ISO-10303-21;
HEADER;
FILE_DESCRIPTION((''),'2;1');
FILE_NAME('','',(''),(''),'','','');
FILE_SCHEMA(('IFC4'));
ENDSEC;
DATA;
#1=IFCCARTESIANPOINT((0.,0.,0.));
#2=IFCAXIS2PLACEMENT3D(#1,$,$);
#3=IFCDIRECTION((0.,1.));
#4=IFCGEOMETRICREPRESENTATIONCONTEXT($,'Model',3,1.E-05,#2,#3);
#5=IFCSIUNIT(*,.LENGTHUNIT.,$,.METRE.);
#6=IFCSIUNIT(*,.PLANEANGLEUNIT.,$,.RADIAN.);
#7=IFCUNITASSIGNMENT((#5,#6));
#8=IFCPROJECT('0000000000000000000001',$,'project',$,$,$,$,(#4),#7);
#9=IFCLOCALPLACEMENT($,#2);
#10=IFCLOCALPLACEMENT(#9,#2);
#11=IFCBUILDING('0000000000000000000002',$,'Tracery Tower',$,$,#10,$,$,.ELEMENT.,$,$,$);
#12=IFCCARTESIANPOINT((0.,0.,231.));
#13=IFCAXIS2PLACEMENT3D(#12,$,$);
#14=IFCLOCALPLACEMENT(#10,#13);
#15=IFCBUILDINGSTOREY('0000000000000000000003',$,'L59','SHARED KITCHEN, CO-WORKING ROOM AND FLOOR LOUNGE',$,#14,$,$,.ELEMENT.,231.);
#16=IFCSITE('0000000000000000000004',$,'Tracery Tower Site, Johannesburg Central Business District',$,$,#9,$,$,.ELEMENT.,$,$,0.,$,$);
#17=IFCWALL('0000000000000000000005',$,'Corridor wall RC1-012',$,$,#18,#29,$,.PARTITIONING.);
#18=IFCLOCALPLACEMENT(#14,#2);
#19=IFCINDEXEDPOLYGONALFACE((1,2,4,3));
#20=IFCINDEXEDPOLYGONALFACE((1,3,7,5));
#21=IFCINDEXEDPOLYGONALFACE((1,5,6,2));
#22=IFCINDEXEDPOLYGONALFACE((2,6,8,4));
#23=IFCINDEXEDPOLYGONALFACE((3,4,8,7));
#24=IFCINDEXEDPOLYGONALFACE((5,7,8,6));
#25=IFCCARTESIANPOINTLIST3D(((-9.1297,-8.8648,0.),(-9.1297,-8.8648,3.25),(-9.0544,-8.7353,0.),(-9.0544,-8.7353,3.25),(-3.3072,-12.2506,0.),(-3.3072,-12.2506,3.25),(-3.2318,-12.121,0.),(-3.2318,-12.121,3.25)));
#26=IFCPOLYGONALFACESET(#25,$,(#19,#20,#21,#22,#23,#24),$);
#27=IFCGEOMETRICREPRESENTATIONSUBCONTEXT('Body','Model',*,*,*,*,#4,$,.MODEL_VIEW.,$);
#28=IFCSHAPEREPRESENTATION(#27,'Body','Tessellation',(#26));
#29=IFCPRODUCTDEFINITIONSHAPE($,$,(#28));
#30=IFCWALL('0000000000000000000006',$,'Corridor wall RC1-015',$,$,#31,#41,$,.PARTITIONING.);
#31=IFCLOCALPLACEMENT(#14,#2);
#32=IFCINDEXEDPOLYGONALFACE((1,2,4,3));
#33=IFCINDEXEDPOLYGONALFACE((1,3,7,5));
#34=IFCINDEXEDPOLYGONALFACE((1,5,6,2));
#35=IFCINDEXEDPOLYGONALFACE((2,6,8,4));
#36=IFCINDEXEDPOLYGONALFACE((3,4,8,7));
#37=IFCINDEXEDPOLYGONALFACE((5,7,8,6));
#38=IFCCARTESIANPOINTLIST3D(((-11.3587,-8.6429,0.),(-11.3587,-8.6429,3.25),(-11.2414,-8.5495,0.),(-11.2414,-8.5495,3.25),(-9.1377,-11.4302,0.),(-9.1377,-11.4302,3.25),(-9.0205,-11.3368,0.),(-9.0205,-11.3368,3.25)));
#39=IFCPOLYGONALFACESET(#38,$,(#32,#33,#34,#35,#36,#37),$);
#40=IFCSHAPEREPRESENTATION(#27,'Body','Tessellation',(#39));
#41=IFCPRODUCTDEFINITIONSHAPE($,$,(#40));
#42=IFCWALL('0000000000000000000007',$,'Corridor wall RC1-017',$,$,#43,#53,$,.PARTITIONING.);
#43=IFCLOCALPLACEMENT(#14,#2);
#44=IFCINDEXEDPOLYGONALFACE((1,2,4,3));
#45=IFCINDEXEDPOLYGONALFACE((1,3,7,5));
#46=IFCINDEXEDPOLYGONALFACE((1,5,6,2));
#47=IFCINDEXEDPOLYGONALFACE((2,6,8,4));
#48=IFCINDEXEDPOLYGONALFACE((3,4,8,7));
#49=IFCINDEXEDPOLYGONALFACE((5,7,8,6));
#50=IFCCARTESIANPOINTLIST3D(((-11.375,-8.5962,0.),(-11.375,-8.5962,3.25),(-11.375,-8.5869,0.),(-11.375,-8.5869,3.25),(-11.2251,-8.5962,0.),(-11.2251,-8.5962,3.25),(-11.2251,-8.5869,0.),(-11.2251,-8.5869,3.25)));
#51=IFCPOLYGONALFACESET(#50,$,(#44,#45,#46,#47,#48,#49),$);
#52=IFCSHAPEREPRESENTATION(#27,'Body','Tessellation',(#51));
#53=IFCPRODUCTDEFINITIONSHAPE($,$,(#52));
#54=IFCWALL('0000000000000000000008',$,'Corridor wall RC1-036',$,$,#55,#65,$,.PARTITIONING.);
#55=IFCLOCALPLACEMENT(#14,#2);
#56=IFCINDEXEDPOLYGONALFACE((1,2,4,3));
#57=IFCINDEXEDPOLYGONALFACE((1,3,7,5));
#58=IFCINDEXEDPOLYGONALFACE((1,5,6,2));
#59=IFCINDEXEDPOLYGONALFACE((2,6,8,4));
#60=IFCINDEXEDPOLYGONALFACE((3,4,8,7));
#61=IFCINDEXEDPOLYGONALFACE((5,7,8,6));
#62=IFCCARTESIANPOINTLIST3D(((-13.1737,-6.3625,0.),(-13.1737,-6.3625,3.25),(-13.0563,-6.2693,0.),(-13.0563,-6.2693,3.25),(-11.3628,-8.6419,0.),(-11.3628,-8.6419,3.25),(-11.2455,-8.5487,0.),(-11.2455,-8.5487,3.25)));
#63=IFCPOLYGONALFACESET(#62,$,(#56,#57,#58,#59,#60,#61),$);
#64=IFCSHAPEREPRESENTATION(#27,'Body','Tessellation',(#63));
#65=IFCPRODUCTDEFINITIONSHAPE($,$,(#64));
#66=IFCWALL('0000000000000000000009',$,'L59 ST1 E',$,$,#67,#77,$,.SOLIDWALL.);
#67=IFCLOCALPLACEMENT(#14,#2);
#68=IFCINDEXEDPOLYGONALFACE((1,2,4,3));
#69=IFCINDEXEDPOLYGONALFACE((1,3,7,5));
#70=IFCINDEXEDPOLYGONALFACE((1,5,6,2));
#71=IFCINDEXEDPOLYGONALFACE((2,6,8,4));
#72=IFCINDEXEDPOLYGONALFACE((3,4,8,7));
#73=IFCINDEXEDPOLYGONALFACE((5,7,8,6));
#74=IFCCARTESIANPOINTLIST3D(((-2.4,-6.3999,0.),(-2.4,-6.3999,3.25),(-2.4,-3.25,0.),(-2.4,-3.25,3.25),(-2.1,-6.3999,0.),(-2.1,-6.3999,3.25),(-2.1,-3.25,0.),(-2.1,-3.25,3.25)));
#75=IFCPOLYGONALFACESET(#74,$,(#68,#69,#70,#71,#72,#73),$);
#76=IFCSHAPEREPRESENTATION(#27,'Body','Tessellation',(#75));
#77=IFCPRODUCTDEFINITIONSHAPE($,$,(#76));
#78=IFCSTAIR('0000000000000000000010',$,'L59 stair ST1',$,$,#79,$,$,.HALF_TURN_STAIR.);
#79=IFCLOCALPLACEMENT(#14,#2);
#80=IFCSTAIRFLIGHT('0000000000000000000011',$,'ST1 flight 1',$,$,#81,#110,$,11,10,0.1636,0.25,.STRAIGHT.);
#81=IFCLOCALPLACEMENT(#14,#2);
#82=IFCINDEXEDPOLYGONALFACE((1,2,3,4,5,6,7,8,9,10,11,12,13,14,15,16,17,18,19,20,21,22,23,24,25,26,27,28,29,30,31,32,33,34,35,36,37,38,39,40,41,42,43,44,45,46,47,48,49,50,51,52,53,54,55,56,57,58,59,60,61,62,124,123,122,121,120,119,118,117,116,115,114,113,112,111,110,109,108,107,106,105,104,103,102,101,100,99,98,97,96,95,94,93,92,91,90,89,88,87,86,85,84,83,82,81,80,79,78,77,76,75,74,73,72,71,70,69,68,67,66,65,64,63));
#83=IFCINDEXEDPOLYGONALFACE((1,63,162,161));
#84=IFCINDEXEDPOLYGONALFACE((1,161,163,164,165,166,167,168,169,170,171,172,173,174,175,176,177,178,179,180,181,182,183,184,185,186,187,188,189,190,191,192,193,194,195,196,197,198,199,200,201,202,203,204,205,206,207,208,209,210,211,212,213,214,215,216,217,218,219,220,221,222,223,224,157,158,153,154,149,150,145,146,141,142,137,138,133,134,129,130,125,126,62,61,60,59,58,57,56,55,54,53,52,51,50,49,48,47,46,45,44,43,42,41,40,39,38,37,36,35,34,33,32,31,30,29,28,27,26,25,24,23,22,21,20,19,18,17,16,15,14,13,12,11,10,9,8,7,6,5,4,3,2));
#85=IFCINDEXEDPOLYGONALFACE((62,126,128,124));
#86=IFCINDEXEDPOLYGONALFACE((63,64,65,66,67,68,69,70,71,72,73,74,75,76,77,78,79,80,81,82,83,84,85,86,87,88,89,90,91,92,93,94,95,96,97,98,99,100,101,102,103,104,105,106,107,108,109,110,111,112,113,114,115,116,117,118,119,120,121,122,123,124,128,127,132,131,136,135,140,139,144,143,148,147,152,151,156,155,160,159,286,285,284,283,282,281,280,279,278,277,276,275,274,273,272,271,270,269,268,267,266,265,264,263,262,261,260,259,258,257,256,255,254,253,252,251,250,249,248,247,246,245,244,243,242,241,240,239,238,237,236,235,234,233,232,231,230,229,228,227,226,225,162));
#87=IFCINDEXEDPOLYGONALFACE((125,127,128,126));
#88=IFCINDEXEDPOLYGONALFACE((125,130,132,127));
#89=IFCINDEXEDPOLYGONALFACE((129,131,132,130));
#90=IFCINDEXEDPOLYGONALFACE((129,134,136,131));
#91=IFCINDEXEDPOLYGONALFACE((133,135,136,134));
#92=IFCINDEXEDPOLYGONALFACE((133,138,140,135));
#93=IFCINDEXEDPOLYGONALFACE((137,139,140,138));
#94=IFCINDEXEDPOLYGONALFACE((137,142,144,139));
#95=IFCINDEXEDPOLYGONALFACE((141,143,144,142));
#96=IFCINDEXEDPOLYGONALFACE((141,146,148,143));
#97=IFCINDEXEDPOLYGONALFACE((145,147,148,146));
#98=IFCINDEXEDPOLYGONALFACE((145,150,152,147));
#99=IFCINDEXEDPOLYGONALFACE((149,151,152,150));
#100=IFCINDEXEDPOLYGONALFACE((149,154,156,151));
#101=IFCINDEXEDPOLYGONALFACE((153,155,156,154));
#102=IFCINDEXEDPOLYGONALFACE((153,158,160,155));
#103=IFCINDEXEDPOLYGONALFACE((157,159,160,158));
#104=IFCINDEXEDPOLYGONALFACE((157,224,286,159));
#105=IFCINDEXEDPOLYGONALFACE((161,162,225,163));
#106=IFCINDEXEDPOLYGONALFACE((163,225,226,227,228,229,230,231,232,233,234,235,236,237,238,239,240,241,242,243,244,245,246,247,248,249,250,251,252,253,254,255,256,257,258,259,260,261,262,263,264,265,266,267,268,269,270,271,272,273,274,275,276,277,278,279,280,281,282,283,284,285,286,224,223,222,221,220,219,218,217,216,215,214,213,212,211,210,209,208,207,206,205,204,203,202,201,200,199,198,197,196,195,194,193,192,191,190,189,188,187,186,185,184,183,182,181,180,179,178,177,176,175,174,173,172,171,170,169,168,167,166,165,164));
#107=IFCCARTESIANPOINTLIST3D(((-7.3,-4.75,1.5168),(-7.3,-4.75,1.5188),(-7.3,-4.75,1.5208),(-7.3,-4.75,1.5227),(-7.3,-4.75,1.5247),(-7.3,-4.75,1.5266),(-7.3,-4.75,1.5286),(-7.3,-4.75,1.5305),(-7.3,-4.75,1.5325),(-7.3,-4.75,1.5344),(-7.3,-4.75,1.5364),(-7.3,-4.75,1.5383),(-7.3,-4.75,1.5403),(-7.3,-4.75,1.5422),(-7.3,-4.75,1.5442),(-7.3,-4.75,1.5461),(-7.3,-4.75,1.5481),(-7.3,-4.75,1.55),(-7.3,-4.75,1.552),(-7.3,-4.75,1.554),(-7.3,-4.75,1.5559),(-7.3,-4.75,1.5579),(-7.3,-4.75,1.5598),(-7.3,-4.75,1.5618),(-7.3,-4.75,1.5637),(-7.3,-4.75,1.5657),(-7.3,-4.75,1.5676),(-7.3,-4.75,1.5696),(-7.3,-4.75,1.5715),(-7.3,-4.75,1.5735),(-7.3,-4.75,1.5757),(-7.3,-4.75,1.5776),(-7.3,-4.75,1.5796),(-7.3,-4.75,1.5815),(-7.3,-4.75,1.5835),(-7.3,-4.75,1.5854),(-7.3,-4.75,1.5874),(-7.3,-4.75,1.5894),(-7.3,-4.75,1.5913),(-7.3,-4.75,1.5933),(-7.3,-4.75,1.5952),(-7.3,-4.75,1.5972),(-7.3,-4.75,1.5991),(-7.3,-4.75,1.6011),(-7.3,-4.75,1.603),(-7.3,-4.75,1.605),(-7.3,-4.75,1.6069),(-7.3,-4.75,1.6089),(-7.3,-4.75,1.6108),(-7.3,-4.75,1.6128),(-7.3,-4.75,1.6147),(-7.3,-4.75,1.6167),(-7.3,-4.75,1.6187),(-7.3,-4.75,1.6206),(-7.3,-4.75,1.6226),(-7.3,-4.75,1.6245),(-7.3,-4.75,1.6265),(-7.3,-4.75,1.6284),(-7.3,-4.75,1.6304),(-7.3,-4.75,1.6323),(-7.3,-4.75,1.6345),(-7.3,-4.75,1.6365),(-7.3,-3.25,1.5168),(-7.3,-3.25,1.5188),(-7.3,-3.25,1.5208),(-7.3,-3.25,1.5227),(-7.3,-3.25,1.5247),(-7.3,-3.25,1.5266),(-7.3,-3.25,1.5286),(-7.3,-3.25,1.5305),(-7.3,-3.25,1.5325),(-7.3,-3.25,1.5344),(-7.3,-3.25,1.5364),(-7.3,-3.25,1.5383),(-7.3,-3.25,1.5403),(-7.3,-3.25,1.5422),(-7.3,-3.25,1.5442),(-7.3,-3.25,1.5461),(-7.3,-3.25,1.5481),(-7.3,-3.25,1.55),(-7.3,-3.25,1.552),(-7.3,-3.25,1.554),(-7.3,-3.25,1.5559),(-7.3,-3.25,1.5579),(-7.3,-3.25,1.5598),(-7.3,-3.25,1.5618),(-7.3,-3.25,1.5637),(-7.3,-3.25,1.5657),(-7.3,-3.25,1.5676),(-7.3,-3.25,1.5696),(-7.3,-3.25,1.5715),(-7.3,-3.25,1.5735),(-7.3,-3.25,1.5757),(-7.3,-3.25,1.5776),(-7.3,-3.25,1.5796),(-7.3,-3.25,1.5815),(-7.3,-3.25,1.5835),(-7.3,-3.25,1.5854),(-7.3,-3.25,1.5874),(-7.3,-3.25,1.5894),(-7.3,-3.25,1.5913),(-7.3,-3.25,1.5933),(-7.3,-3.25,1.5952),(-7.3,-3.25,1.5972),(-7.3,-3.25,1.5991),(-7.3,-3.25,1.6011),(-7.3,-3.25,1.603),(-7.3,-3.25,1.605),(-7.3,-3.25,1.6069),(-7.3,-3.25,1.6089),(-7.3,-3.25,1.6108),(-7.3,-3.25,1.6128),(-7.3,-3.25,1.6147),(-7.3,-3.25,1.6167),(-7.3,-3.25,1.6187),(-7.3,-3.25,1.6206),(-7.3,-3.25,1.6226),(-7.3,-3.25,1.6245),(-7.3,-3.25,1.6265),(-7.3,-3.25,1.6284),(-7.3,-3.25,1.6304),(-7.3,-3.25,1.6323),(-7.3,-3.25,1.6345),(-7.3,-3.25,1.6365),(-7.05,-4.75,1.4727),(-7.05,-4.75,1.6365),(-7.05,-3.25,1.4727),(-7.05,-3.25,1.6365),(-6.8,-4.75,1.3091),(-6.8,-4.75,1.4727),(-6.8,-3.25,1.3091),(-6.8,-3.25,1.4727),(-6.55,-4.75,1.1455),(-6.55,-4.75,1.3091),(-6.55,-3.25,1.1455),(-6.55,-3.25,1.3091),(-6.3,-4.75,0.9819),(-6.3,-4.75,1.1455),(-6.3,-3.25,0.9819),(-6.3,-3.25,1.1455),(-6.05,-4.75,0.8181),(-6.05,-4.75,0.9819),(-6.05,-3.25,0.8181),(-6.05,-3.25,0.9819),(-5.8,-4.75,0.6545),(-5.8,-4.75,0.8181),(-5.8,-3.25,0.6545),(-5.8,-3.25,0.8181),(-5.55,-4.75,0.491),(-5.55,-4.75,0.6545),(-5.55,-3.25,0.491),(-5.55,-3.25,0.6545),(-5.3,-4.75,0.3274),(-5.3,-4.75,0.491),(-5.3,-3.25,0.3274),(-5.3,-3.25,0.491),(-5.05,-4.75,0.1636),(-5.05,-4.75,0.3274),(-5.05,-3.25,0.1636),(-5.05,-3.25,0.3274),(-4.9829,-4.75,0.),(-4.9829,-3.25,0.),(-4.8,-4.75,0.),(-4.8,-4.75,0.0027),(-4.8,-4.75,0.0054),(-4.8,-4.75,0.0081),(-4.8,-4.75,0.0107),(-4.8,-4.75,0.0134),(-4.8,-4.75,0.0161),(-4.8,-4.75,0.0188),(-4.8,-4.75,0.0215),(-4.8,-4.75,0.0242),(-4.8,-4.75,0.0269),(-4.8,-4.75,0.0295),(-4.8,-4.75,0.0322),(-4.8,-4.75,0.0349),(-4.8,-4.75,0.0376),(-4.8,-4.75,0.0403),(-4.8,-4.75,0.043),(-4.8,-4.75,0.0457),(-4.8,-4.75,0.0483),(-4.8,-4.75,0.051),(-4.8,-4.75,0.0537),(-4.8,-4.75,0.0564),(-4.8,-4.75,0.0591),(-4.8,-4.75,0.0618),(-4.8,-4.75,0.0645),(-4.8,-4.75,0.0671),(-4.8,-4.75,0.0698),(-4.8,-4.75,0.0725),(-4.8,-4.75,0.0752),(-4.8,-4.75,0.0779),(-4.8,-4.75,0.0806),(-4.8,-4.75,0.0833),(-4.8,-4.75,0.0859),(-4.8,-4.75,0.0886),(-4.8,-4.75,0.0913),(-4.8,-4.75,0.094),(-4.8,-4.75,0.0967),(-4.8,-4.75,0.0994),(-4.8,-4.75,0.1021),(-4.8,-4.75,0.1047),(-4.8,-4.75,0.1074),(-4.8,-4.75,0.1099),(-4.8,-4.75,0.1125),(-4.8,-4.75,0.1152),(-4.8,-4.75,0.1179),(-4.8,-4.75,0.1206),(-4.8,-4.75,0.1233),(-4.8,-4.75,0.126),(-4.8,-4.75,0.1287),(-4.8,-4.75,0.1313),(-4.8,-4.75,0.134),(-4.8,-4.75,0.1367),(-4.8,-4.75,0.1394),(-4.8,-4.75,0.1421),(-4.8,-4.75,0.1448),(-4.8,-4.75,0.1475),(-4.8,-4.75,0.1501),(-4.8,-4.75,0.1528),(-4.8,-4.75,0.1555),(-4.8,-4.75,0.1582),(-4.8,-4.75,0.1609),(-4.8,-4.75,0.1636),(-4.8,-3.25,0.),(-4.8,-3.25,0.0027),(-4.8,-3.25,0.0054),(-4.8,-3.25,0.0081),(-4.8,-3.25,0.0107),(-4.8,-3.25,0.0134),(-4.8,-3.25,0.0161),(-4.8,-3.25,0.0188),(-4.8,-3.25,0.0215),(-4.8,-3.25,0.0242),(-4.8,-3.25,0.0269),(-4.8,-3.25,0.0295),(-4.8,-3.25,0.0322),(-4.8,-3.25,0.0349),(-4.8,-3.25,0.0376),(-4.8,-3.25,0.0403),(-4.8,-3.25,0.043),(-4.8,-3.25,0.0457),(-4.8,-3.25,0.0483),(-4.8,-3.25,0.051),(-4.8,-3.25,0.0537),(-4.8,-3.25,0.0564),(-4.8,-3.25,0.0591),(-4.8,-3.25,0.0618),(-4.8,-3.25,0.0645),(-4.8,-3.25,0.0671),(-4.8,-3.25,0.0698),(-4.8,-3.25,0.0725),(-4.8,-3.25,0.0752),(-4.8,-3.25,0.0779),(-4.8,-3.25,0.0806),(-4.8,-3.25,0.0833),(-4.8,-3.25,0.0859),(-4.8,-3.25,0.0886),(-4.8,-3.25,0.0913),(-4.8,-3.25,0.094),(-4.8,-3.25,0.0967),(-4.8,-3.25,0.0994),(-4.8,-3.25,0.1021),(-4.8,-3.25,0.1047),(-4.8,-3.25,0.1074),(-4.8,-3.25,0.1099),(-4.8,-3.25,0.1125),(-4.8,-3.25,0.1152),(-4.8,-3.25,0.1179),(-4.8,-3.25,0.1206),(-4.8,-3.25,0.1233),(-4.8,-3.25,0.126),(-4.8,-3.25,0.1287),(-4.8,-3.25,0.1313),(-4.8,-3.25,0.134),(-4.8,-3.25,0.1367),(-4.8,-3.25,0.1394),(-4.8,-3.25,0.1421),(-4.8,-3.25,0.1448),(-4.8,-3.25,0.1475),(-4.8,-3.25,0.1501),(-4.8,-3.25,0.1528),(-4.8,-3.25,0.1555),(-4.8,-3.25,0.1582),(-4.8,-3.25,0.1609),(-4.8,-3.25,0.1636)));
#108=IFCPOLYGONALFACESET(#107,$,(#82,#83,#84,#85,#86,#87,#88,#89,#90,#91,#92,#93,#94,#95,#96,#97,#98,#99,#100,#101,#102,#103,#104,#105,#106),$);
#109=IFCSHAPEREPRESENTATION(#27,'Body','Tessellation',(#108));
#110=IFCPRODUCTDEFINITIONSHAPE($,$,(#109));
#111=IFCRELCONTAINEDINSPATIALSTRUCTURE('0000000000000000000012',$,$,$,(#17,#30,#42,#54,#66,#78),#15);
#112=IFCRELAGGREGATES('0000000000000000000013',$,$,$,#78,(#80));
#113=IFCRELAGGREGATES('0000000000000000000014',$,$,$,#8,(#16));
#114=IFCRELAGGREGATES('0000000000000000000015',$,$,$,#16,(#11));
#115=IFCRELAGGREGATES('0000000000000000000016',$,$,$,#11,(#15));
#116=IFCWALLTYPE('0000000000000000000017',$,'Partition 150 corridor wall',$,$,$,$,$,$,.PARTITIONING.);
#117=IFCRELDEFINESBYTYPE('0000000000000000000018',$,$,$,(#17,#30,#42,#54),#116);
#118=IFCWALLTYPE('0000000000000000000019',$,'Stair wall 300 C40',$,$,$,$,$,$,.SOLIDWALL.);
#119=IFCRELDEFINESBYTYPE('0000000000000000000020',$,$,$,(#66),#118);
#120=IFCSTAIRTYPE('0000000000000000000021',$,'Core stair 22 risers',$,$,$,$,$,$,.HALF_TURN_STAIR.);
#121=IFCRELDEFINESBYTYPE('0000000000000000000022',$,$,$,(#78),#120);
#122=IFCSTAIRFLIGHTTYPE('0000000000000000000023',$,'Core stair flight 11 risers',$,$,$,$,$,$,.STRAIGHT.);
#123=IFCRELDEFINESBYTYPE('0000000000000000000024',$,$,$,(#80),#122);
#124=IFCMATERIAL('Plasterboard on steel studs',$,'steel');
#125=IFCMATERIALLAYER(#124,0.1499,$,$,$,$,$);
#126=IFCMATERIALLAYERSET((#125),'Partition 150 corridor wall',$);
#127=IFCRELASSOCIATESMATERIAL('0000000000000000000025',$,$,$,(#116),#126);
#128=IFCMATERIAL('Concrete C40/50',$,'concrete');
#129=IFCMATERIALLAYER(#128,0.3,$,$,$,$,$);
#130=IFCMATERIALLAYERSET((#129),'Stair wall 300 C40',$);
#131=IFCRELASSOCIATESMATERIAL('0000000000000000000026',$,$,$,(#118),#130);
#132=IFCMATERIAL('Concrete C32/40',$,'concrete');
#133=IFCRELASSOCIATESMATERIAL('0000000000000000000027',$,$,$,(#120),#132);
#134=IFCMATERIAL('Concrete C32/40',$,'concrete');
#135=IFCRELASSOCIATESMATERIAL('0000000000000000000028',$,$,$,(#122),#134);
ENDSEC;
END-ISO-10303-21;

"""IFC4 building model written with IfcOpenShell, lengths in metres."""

from ifc_helpers import new_model, si_unit, direction, frame, frame_2d, origin, place, context, subcontext, project, spatial, polyline, rectangle, outline, extrude, material, layer, layer_set, type_object, element, aggregate, save


model = new_model("IFC4")

# Units and contexts
model_context = context("Model", 3, precision=1e-05, world=origin(), true_north=direction((0.0, 1.0)))
body_context = subcontext(model_context, "Body", "Model", "MODEL_VIEW")
ifc_project = project(units=[si_unit("LENGTHUNIT", "METRE"), si_unit("PLANEANGLEUNIT", "RADIAN")], contexts=[model_context])

# Site, building, storey
site_placement = place(None, origin())
site = spatial("IfcSite", under=ifc_project, at=site_placement, Name="Tracery Tower Site, Johannesburg Central Business District", CompositionType="ELEMENT", RefElevation=0.0)
building_placement = place(site_placement, origin())
building = spatial("IfcBuilding", under=site, at=building_placement, Name="Tracery Tower", CompositionType="ELEMENT")
storey_placement = place(building_placement, frame((0.0, 0.0, 231.0)))
storey = spatial("IfcBuildingStorey", under=building, at=storey_placement, Name="L59", Description="SHARED KITCHEN, CO-WORKING ROOM AND FLOOR LOUNGE", CompositionType="ELEMENT", Elevation=231.0)

# Shared definitions
ifc_material_1 = material(Name="Plasterboard on steel studs", Category="steel")
ifc_layer_1 = layer(ifc_material_1, 0.1499)
ifc_layer_set_1 = layer_set([ifc_layer_1], Name="Partition 150 corridor wall")
wall_type_1 = type_object("IfcWallType", Name="Partition 150 corridor wall", PredefinedType="PARTITIONING", material=ifc_layer_set_1)

# Walls
wall_1_placement = place(storey_placement, frame((-9.092, -8.8, 0.0), z_axis=(0.0, 0.0, 1.0), x_axis=(0.864471, -0.502683, 0.0)))
element("IfcWall", 1, at=wall_1_placement, inside=storey, type_object=wall_type_1, Name="Corridor wall RC1-012", PredefinedType="PARTITIONING", context=body_context, shape_type="SweptSolid", body=[
    extrude(rectangle(XDim=6.7354, YDim=0.1499, at=frame_2d((3.3677, 0.0))), origin(), (0.0, 0.0, 1.0), 3.25),
])
wall_2_placement = place(storey_placement, frame((-11.3, -8.5962, 0.0), z_axis=(0.0, 0.0, 1.0), x_axis=(0.623165, -0.78209, 0.0)))
element("IfcWall", 2, at=wall_2_placement, inside=storey, type_object=wall_type_1, Name="Corridor wall RC1-015", PredefinedType="PARTITIONING", context=body_context, shape_type="SweptSolid", body=[
    extrude(rectangle(XDim=3.564, YDim=0.1499, at=frame_2d((1.782, 0.0))), origin(), (0.0, 0.0, 1.0), 3.25),
])
wall_3_placement = place(storey_placement, frame((-11.3, -8.5962, 0.0), z_axis=(0.0, 0.0, 1.0), x_axis=(0.0, 1.0, 0.0)))
element("IfcWall", 3, at=wall_3_placement, inside=storey, type_object=wall_type_1, Name="Corridor wall RC1-017", PredefinedType="PARTITIONING", context=body_context, shape_type="SweptSolid", body=[
    extrude(rectangle(XDim=0.0093, YDim=0.1499, at=frame_2d((0.0046, 0.0))), origin(), (0.0, 0.0, 1.0), 3.25),
])
wall_4_placement = place(storey_placement, frame((-13.115, -6.3159, 0.0), z_axis=(0.0, 0.0, 1.0), x_axis=(0.622042, -0.782983, 0.0)))
element("IfcWall", 4, at=wall_4_placement, inside=storey, type_object=wall_type_1, Name="Corridor wall RC1-036", PredefinedType="PARTITIONING", context=body_context, shape_type="SweptSolid", body=[
    extrude(rectangle(XDim=2.9111, YDim=0.1499, at=frame_2d((1.4556, 0.0))), origin(), (0.0, 0.0, 1.0), 3.25),
])

# Shared definitions
ifc_material_2 = material(Name="Concrete C40/50", Category="concrete")
ifc_layer_2 = layer(ifc_material_2, 0.3)
ifc_layer_set_2 = layer_set([ifc_layer_2], Name="Stair wall 300 C40")
wall_type_2 = type_object("IfcWallType", Name="Stair wall 300 C40", PredefinedType="SOLIDWALL", material=ifc_layer_set_2)

# Wall
wall_5_placement = place(storey_placement, frame((-2.25, -6.3999, 0.0), z_axis=(0.0, 0.0, 1.0), x_axis=(0.0, 1.0, 0.0)))
element("IfcWall", 5, at=wall_5_placement, inside=storey, type_object=wall_type_2, Name="L59 ST1 E", PredefinedType="SOLIDWALL", context=body_context, shape_type="SweptSolid", body=[
    extrude(rectangle(XDim=3.1499, YDim=0.3, at=frame_2d((1.575, 0.0))), origin(), (0.0, 0.0, 1.0), 3.25),
])

# Stair, stair flight
ifc_material_3 = material(Name="Concrete C32/40", Category="concrete")
stair_type = type_object("IfcStairType", Name="Core stair 22 risers", PredefinedType="HALF_TURN_STAIR", material=ifc_material_3)
stair_placement = place(storey_placement, origin())
stair = element("IfcStair", 6, at=stair_placement, inside=storey, type_object=stair_type, Name="L59 stair ST1", PredefinedType="HALF_TURN_STAIR")
ifc_material_4 = material(Name="Concrete C32/40", Category="concrete")
stair_flight_type = type_object("IfcStairFlightType", Name="Core stair flight 11 risers", PredefinedType="STRAIGHT", material=ifc_material_4)
stair_flight_1_placement = place(storey_placement, frame((-4.8, -4.0, 0.0), z_axis=(0.0, 0.0, 1.0), x_axis=(-1.0, 0.0, 0.0)))
stair_flight_1 = element("IfcStairFlight", 7, at=stair_flight_1_placement, type_object=stair_flight_type, Name="ST1 flight 1", NumberOfRisers=11, NumberOfTreads=10, PredefinedType="STRAIGHT", RiserHeight=0.1636, TreadLength=0.25, context=body_context, shape_type="SweptSolid", body=[
    extrude(outline(polyline([(0.0, 0.0), (0.0, 0.0027), (0.0, 0.0054), (0.0, 0.0081), (0.0, 0.0107), (0.0, 0.0134), (0.0, 0.0161), (0.0, 0.0188), (0.0, 0.0215), (0.0, 0.0242), (0.0, 0.0269), (0.0, 0.0295), (0.0, 0.0322), (0.0, 0.0349), (0.0, 0.0376), (0.0, 0.0403), (0.0, 0.043), (0.0, 0.0457), (0.0, 0.0483), (0.0, 0.051), (0.0, 0.0537), (0.0, 0.0564), (0.0, 0.0591), (0.0, 0.0618), (0.0, 0.0645), (0.0, 0.0671), (0.0, 0.0698), (0.0, 0.0725), (0.0, 0.0752), (0.0, 0.0779), (0.0, 0.0806), (0.0, 0.0833), (0.0, 0.0859), (0.0, 0.0886), (0.0, 0.0913), (0.0, 0.094), (0.0, 0.0967), (0.0, 0.0994), (0.0, 0.1021), (0.0, 0.1047), (0.0, 0.1074), (0.0, 0.1099), (0.0, 0.1125), (0.0, 0.1152), (0.0, 0.1179), (0.0, 0.1206), (0.0, 0.1233), (0.0, 0.126), (0.0, 0.1287), (0.0, 0.1313), (0.0, 0.134), (0.0, 0.1367), (0.0, 0.1394), (0.0, 0.1421), (0.0, 0.1448), (0.0, 0.1475), (0.0, 0.1501), (0.0, 0.1528), (0.0, 0.1555), (0.0, 0.1582), (0.0, 0.1609), (0.0, 0.1636), (0.25, 0.1636), (0.25, 0.3274), (0.5, 0.3274), (0.5, 0.491), (0.75, 0.491), (0.75, 0.6545), (1.0, 0.6545), (1.0, 0.8181), (1.25, 0.8181), (1.25, 0.9819), (1.5, 0.9819), (1.5, 1.1455), (1.75, 1.1455), (1.75, 1.3091), (2.0, 1.3091), (2.0, 1.4727), (2.25, 1.4727), (2.25, 1.6365), (2.5, 1.6365), (2.5, 1.6345), (2.5, 1.6323), (2.5, 1.6304), (2.5, 1.6284), (2.5, 1.6265), (2.5, 1.6245), (2.5, 1.6226), (2.5, 1.6206), (2.5, 1.6187), (2.5, 1.6167), (2.5, 1.6147), (2.5, 1.6128), (2.5, 1.6108), (2.5, 1.6089), (2.5, 1.6069), (2.5, 1.605), (2.5, 1.603), (2.5, 1.6011), (2.5, 1.5991), (2.5, 1.5972), (2.5, 1.5952), (2.5, 1.5933), (2.5, 1.5913), (2.5, 1.5894), (2.5, 1.5874), (2.5, 1.5854), (2.5, 1.5835), (2.5, 1.5815), (2.5, 1.5796), (2.5, 1.5776), (2.5, 1.5757), (2.5, 1.5735), (2.5, 1.5715), (2.5, 1.5696), (2.5, 1.5676), (2.5, 1.5657), (2.5, 1.5637), (2.5, 1.5618), (2.5, 1.5598), (2.5, 1.5579), (2.5, 1.5559), (2.5, 1.554), (2.5, 1.552), (2.5, 1.55), (2.5, 1.5481), (2.5, 1.5461), (2.5, 1.5442), (2.5, 1.5422), (2.5, 1.5403), (2.5, 1.5383), (2.5, 1.5364), (2.5, 1.5344), (2.5, 1.5325), (2.5, 1.5305), (2.5, 1.5286), (2.5, 1.5266), (2.5, 1.5247), (2.5, 1.5227), (2.5, 1.5208), (2.5, 1.5188), (2.5, 1.5168), (0.1829, 0.0), (0.0, 0.0)])), frame((0.0, 0.75, 0.0), z_axis=(0.0, -1.0, 0.0), x_axis=(1.0, 0.0, 0.0)), (0.0, 0.0, 1.0), 1.5),
])
aggregate(stair, [stair_flight_1])

save(model, "model.ifc")
